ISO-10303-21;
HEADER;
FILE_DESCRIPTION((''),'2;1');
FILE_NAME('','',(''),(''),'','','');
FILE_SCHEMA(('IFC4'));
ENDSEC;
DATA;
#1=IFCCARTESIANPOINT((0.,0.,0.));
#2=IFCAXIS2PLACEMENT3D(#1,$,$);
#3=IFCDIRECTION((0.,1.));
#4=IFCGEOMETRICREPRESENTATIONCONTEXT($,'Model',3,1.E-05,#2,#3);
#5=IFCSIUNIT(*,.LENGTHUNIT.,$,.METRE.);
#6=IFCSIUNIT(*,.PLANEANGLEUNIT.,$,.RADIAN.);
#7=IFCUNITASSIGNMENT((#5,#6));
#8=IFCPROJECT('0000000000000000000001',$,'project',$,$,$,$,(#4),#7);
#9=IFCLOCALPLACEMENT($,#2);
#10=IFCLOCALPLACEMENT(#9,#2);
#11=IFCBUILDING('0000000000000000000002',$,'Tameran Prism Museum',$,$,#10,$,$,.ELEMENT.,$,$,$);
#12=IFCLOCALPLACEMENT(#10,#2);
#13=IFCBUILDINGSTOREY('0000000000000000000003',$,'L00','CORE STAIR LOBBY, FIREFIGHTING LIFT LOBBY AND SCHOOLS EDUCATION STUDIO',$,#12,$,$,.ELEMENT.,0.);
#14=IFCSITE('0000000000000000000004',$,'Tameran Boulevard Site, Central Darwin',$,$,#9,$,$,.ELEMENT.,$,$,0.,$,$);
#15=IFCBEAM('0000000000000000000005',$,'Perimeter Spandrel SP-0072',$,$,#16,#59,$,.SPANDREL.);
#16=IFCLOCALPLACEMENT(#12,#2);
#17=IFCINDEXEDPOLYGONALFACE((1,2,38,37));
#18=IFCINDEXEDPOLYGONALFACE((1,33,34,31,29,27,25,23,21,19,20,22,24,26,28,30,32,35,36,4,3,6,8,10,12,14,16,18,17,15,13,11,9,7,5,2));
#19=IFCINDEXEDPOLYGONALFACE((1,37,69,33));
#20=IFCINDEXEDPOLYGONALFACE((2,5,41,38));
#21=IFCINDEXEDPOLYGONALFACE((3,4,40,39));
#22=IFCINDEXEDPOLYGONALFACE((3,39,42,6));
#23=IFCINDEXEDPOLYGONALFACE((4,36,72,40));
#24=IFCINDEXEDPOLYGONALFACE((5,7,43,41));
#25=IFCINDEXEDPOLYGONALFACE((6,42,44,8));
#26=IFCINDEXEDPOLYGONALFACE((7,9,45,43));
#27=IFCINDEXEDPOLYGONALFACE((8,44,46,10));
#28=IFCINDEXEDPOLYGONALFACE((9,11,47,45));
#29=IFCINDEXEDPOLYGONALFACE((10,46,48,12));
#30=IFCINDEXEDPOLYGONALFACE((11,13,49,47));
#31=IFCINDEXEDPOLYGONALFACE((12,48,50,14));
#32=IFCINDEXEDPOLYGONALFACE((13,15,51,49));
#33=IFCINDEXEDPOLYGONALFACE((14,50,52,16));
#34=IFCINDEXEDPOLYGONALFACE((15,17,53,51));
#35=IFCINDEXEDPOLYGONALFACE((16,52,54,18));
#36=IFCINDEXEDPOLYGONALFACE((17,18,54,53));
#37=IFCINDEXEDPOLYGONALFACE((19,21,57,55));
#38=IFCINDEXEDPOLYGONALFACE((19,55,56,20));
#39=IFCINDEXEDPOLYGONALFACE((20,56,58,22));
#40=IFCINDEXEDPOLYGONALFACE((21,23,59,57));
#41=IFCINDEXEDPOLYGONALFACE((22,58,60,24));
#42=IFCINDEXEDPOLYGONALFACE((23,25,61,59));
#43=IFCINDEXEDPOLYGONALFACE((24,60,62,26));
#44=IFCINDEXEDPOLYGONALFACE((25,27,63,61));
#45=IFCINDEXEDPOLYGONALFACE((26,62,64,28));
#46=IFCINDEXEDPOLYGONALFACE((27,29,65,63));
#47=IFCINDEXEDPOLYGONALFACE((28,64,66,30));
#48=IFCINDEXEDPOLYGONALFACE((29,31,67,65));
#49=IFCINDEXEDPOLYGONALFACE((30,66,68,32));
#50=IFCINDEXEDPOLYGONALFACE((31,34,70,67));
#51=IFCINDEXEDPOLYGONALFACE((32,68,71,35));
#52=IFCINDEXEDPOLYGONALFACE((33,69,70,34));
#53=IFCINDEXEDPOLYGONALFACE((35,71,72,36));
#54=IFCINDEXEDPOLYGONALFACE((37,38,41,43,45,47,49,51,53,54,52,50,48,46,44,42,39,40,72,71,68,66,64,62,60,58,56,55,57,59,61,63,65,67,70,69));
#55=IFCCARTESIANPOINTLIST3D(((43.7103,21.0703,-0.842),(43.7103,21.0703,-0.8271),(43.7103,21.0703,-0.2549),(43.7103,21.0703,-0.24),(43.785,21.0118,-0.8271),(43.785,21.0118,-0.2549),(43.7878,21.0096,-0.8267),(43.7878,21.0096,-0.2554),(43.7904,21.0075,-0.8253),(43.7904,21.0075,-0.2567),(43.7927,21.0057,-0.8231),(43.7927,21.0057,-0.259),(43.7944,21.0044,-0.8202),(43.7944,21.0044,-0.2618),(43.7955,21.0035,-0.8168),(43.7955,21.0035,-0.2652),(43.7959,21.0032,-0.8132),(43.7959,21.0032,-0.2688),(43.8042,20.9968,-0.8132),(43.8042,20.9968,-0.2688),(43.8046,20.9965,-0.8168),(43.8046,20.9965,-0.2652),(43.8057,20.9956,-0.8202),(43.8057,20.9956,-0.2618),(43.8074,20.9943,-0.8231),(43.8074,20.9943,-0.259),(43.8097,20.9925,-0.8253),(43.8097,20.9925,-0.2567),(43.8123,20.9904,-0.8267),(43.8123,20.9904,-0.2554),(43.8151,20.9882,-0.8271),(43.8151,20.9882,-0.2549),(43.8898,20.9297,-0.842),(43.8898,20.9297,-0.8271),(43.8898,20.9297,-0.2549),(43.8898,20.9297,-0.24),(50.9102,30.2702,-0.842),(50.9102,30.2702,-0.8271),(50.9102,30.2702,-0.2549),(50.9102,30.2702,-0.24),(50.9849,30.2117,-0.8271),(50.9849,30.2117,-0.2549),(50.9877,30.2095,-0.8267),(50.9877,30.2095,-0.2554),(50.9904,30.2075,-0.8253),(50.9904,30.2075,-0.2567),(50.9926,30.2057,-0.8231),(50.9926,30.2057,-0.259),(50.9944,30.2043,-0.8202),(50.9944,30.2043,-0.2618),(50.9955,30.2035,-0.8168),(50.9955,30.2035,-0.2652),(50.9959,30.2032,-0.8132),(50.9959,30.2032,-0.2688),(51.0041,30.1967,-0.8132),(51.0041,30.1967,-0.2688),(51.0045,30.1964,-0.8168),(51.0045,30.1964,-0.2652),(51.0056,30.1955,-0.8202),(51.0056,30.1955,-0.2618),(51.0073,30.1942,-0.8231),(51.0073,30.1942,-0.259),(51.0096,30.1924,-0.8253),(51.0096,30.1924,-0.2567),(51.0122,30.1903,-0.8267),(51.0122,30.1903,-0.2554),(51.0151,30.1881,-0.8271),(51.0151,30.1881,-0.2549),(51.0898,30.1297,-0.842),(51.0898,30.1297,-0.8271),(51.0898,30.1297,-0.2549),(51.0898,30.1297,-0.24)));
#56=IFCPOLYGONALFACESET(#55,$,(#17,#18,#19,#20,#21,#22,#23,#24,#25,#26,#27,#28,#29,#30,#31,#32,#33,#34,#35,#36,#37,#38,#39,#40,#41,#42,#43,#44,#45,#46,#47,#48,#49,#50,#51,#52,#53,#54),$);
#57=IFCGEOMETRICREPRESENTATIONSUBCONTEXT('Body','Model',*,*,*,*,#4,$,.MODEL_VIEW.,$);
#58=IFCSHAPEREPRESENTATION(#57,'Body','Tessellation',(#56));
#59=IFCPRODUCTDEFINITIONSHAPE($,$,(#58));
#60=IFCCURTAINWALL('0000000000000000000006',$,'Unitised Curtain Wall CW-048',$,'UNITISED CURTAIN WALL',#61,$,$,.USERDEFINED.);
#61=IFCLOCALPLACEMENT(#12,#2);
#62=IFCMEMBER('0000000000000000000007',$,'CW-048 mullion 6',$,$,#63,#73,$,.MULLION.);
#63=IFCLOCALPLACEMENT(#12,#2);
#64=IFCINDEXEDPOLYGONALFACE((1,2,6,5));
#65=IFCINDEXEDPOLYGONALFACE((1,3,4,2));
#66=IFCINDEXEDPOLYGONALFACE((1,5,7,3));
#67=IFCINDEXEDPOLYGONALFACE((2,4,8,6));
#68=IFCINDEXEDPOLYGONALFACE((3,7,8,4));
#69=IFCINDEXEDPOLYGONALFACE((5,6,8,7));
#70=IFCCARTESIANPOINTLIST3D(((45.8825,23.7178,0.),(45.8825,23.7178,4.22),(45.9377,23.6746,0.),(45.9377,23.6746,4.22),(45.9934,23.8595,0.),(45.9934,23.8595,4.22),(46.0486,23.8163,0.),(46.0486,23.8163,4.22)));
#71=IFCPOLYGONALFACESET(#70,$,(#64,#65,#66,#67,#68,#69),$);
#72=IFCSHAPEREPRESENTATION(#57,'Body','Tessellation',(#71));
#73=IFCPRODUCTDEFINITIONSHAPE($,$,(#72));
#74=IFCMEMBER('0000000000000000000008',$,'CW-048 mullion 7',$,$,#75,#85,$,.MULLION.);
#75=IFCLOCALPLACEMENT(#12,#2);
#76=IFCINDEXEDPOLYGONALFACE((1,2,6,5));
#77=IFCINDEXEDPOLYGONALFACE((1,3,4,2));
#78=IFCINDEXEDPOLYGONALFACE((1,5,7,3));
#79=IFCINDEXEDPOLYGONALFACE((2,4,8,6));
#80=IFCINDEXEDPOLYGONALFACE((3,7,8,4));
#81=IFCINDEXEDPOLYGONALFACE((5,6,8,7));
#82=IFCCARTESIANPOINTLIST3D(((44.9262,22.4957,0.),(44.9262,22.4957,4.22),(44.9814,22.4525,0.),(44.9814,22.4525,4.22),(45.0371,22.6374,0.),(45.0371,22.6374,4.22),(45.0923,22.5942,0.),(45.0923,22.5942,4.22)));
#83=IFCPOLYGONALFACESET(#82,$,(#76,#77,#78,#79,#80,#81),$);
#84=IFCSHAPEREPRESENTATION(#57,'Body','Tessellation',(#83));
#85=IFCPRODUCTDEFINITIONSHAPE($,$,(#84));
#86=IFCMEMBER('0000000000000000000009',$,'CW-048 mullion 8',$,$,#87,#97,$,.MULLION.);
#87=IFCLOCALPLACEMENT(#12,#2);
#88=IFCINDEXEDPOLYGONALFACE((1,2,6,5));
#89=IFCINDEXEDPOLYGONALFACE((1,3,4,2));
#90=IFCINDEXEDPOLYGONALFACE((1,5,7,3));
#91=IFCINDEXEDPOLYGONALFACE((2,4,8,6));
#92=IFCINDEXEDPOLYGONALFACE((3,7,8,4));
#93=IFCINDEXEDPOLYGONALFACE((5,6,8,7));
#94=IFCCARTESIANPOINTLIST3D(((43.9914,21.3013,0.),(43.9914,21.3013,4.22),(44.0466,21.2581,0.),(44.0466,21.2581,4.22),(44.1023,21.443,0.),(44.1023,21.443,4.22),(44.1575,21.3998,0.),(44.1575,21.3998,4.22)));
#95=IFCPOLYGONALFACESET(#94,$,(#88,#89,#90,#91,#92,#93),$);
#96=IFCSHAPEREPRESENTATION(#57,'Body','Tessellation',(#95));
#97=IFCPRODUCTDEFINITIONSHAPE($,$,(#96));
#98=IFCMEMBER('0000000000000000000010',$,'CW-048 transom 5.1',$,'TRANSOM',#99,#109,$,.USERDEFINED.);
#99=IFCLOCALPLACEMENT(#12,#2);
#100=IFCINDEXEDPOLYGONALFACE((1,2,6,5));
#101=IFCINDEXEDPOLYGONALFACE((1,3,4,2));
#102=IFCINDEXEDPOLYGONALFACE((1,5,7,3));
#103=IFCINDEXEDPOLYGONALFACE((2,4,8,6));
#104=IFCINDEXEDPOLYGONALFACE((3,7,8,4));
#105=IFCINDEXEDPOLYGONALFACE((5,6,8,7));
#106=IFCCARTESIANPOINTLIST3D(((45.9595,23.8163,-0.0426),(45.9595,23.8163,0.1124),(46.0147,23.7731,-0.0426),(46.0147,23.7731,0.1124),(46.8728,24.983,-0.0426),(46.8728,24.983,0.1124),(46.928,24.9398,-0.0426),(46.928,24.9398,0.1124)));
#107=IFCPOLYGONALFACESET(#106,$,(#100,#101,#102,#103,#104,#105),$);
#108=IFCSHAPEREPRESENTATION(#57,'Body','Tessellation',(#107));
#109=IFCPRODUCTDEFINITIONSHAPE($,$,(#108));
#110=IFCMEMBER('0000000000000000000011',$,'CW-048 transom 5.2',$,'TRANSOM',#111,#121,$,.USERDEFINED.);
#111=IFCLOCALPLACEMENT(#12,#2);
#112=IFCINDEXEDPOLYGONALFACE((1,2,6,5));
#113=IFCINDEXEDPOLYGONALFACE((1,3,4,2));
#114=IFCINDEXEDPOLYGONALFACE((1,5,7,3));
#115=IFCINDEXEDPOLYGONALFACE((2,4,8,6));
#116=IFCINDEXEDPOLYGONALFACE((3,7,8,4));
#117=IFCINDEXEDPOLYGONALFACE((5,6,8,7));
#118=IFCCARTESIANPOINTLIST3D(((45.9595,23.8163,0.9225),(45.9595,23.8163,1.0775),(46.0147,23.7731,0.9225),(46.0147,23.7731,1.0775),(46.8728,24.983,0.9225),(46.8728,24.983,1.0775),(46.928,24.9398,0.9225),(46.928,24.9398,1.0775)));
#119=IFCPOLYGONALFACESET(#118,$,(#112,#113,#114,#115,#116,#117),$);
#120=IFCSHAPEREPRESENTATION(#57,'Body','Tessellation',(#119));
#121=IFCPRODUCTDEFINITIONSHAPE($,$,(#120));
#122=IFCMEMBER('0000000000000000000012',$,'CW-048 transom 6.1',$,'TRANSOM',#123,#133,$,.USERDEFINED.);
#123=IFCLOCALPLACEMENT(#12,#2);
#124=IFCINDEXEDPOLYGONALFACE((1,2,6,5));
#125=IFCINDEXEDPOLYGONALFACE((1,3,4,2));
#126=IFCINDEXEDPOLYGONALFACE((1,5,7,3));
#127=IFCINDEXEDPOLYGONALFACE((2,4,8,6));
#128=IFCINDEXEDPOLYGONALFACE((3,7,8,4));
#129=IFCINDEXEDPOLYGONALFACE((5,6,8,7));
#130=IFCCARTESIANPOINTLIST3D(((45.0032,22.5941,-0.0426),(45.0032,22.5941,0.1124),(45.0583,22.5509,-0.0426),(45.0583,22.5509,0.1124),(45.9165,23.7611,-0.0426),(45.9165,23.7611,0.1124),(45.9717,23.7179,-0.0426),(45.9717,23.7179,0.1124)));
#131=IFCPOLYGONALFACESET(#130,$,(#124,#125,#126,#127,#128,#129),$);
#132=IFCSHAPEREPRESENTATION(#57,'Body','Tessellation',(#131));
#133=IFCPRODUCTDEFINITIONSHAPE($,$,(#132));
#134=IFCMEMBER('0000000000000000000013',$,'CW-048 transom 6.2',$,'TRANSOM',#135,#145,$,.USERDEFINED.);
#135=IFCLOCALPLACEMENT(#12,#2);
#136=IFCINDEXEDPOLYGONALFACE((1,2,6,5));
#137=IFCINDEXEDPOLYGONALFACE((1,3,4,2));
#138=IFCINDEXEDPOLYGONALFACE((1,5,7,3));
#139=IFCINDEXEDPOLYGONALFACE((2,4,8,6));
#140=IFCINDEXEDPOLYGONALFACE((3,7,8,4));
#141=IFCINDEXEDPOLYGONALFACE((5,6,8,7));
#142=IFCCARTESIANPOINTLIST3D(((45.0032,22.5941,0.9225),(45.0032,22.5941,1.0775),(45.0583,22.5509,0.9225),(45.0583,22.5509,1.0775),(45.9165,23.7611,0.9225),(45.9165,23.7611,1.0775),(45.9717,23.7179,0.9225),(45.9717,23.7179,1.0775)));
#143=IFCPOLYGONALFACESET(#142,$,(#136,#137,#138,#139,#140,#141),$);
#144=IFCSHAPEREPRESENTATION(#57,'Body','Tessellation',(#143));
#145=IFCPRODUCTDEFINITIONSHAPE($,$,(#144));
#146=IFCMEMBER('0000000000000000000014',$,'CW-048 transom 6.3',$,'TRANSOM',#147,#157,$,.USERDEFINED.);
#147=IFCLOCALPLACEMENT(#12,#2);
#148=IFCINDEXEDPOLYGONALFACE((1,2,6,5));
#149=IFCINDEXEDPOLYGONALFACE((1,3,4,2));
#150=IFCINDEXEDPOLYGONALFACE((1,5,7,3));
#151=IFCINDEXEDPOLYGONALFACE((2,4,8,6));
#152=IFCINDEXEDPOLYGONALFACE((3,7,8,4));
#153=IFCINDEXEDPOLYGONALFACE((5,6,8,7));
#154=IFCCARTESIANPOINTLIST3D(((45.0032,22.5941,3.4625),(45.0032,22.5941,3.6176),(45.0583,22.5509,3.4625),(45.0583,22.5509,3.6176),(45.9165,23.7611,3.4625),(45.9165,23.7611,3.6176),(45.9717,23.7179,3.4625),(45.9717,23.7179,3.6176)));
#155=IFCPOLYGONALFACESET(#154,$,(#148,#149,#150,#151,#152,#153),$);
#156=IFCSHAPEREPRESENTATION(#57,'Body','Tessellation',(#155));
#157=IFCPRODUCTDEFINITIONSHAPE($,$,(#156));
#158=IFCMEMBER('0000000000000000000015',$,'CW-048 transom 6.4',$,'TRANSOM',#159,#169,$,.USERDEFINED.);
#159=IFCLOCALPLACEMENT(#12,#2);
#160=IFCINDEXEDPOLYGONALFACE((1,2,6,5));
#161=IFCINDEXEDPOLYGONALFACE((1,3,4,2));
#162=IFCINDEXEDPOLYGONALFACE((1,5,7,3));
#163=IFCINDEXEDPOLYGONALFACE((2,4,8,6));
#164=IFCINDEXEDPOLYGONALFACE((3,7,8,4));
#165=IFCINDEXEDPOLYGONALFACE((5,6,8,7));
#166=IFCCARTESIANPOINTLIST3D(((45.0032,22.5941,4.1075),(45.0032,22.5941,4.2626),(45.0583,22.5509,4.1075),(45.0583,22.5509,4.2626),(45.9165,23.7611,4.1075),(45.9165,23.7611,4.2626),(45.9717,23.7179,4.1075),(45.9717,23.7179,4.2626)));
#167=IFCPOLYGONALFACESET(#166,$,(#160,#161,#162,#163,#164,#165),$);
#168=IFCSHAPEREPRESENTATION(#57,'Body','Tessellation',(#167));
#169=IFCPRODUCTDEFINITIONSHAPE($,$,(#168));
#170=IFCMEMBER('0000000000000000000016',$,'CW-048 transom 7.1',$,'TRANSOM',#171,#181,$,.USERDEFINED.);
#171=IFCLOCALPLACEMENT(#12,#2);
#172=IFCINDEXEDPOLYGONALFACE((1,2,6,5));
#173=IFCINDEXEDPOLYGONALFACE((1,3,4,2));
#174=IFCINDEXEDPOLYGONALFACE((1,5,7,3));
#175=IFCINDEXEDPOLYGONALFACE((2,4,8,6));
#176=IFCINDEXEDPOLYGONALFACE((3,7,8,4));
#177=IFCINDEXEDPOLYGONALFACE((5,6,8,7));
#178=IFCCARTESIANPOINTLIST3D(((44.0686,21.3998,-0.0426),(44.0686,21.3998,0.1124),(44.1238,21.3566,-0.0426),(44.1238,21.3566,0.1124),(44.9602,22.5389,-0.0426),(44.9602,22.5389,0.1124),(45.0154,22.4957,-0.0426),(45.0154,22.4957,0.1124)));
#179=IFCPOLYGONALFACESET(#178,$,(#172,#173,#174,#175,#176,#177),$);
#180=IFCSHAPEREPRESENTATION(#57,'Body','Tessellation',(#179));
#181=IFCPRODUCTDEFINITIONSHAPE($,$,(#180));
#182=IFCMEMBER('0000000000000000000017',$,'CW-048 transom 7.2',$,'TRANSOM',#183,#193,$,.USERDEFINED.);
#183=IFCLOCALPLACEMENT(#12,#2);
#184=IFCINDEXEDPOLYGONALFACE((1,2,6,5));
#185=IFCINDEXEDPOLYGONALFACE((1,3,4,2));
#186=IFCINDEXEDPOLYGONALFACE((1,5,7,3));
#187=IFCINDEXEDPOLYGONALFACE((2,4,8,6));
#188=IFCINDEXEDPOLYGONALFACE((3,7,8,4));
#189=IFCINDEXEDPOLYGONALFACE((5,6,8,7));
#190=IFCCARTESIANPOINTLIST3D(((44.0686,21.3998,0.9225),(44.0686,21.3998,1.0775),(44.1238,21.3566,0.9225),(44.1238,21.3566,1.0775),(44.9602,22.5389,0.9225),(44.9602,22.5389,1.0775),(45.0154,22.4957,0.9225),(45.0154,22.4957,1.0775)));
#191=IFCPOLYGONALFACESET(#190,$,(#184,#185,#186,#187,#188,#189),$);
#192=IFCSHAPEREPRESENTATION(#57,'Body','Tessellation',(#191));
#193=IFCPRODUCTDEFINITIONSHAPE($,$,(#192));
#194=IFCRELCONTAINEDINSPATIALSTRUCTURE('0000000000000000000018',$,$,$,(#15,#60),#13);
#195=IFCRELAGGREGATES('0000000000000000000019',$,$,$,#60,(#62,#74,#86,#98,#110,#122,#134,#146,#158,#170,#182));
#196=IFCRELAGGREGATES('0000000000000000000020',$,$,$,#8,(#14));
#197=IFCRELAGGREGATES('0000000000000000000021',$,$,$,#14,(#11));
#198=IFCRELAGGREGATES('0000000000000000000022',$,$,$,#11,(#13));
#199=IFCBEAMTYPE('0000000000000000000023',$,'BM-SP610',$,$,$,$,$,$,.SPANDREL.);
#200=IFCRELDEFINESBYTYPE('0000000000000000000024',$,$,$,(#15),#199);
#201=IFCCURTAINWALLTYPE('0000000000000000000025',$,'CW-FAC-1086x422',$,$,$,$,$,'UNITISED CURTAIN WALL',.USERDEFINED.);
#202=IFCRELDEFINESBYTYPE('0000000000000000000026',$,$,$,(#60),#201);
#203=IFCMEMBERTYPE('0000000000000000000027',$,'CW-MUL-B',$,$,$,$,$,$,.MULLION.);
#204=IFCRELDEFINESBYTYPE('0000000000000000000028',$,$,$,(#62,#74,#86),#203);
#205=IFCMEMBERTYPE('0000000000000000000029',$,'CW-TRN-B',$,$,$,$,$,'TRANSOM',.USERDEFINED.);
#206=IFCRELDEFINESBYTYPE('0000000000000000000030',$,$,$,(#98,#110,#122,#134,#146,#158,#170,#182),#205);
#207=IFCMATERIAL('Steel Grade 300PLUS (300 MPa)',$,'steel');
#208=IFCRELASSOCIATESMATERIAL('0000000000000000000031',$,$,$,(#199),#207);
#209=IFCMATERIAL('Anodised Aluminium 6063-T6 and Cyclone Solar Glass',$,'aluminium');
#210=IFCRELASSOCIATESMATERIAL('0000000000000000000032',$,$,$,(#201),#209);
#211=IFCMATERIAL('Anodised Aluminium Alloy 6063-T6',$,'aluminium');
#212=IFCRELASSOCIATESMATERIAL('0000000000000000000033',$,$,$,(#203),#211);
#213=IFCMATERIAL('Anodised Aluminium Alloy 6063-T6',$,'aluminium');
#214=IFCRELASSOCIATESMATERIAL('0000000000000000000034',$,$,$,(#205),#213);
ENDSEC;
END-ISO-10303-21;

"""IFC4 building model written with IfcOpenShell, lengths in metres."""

from ifc_helpers import new_model, si_unit, direction, frame, origin, origin_2d, place, context, subcontext, project, spatial, rectangle, i_section, extrude, material, material_profile, profile_set, type_object, element, aggregate, save


model = new_model("IFC4")

# Units and contexts
model_context = context("Model", 3, precision=1e-05, world=origin(), true_north=direction((0.0, 1.0)))
body_context = subcontext(model_context, "Body", "Model", "MODEL_VIEW")
ifc_project = project(units=[si_unit("LENGTHUNIT", "METRE"), si_unit("PLANEANGLEUNIT", "RADIAN")], contexts=[model_context])

# Site, building, storey
site_placement = place(None, origin())
site = spatial("IfcSite", under=ifc_project, at=site_placement, Name="Tameran Boulevard Site, Central Darwin", CompositionType="ELEMENT", RefElevation=0.0)
building_placement = place(site_placement, origin())
building = spatial("IfcBuilding", under=site, at=building_placement, Name="Tameran Prism Museum", CompositionType="ELEMENT")
storey_placement = place(building_placement, origin())
storey = spatial("IfcBuildingStorey", under=building, at=storey_placement, Name="L00", Description="CORE STAIR LOBBY, FIREFIGHTING LIFT LOBBY AND SCHOOLS EDUCATION STUDIO", CompositionType="ELEMENT", Elevation=0.0)

# Beam
ifc_material_1 = material(Name="Steel Grade 300PLUS (300 MPa)", Category="steel")
ifc_material_profile_1 = material_profile(ifc_material_1, i_section(OverallWidth=0.228, OverallDepth=0.6021, WebThickness=0.0105, FlangeThickness=0.0149, FilletRadius=0.0139, at=origin_2d()))
ifc_profile_set_1 = profile_set([ifc_material_profile_1])
beam_type = type_object("IfcBeamType", Name="BM-SP610", PredefinedType="SPANDREL", material=ifc_profile_set_1)
beam_placement = place(storey_placement, frame((43.8, 21.0, -0.541), z_axis=(0.616308, 0.787505, 0.0), x_axis=(-0.787505, 0.616308, 0.0)))
element("IfcBeam", 1, at=beam_placement, inside=storey, type_object=beam_type, Name="Perimeter Spandrel SP-0072", PredefinedType="SPANDREL", context=body_context, shape_type="SweptSolid", body=[
    extrude(i_section(OverallWidth=0.228, OverallDepth=0.6021, WebThickness=0.0105, FlangeThickness=0.0149, FilletRadius=0.0139, at=origin_2d()), origin(), (0.0, 0.0, 1.0), 11.6824),
])

# Curtain wall, members
ifc_material_2 = material(Name="Anodised Aluminium 6063-T6 and Cyclone Solar Glass", Category="aluminium")
curtain_wall_type = type_object("IfcCurtainWallType", Name="CW-FAC-1086x422", ElementType="UNITISED CURTAIN WALL", PredefinedType="USERDEFINED", material=ifc_material_2)
curtain_wall_placement = place(storey_placement, origin())
curtain_wall = element("IfcCurtainWall", 2, at=curtain_wall_placement, inside=storey, type_object=curtain_wall_type, Name="Unitised Curtain Wall CW-048", ObjectType="UNITISED CURTAIN WALL", PredefinedType="USERDEFINED")
ifc_material_3 = material(Name="Anodised Aluminium Alloy 6063-T6", Category="aluminium")
ifc_material_profile_2 = material_profile(ifc_material_3, rectangle(XDim=0.0701, YDim=0.1799, at=origin_2d()))
ifc_profile_set_2 = profile_set([ifc_material_profile_2])
member_type_1 = type_object("IfcMemberType", Name="CW-MUL-B", PredefinedType="MULLION", material=ifc_profile_set_2)
member_1_placement = place(storey_placement, frame((45.9656, 23.7671, 0.0), z_axis=(0.0, 0.0, 1.0), x_axis=(0.787524, -0.616283, 0.0)))
member_1 = element("IfcMember", 3, at=member_1_placement, type_object=member_type_1, Name="CW-048 mullion 6", PredefinedType="MULLION", context=body_context, shape_type="SweptSolid", body=[
    extrude(rectangle(XDim=0.0701, YDim=0.1799, at=origin_2d()), origin(), (0.0, 0.0, 1.0), 4.22),
])
member_2_placement = place(storey_placement, frame((45.0093, 22.5449, 0.0), z_axis=(0.0, 0.0, 1.0), x_axis=(0.787524, -0.616283, 0.0)))
member_2 = element("IfcMember", 4, at=member_2_placement, type_object=member_type_1, Name="CW-048 mullion 7", PredefinedType="MULLION", context=body_context, shape_type="SweptSolid", body=[
    extrude(rectangle(XDim=0.0701, YDim=0.1799, at=origin_2d()), origin(), (0.0, 0.0, 1.0), 4.22),
])
member_3_placement = place(storey_placement, frame((44.0745, 21.3506, 0.0), z_axis=(0.0, 0.0, 1.0), x_axis=(0.787524, -0.616283, 0.0)))
member_3 = element("IfcMember", 5, at=member_3_placement, type_object=member_type_1, Name="CW-048 mullion 8", PredefinedType="MULLION", context=body_context, shape_type="SweptSolid", body=[
    extrude(rectangle(XDim=0.0701, YDim=0.1799, at=origin_2d()), origin(), (0.0, 0.0, 1.0), 4.22),
])
ifc_material_4 = material(Name="Anodised Aluminium Alloy 6063-T6", Category="aluminium")
ifc_material_profile_3 = material_profile(ifc_material_4, rectangle(XDim=0.0701, YDim=0.155, at=origin_2d()))
ifc_profile_set_3 = profile_set([ifc_material_profile_3])
member_type_2 = type_object("IfcMemberType", Name="CW-TRN-B", ElementType="TRANSOM", PredefinedType="USERDEFINED", material=ifc_profile_set_3)
member_4_placement = place(storey_placement, frame((46.9004, 24.9614, 0.0349), z_axis=(-0.616402, -0.787432, 0.0), x_axis=(0.787432, -0.616402, 0.0)))
member_4 = element("IfcMember", 6, at=member_4_placement, type_object=member_type_2, Name="CW-048 transom 5.1", ObjectType="TRANSOM", PredefinedType="USERDEFINED", context=body_context, shape_type="SweptSolid", body=[
    extrude(rectangle(XDim=0.0701, YDim=0.155, at=origin_2d()), origin(), (0.0, 0.0, 1.0), 1.4817),
])
member_5_placement = place(storey_placement, frame((46.9004, 24.9614, 1.0), z_axis=(-0.616402, -0.787432, 0.0), x_axis=(0.787432, -0.616402, 0.0)))
member_5 = element("IfcMember", 7, at=member_5_placement, type_object=member_type_2, Name="CW-048 transom 5.2", ObjectType="TRANSOM", PredefinedType="USERDEFINED", context=body_context, shape_type="SweptSolid", body=[
    extrude(rectangle(XDim=0.0701, YDim=0.155, at=origin_2d()), origin(), (0.0, 0.0, 1.0), 1.4817),
])
member_6_placement = place(storey_placement, frame((45.9441, 23.7395, 0.0349), z_axis=(-0.616322, -0.787495, 0.0), x_axis=(0.787495, -0.616322, 0.0)))
member_6 = element("IfcMember", 8, at=member_6_placement, type_object=member_type_2, Name="CW-048 transom 6.1", ObjectType="TRANSOM", PredefinedType="USERDEFINED", context=body_context, shape_type="SweptSolid", body=[
    extrude(rectangle(XDim=0.0701, YDim=0.155, at=origin_2d()), origin(), (0.0, 0.0, 1.0), 1.4819),
])
member_7_placement = place(storey_placement, frame((45.9441, 23.7395, 1.0), z_axis=(-0.616322, -0.787495, 0.0), x_axis=(0.787495, -0.616322, 0.0)))
member_7 = element("IfcMember", 9, at=member_7_placement, type_object=member_type_2, Name="CW-048 transom 6.2", ObjectType="TRANSOM", PredefinedType="USERDEFINED", context=body_context, shape_type="SweptSolid", body=[
    extrude(rectangle(XDim=0.0701, YDim=0.155, at=origin_2d()), origin(), (0.0, 0.0, 1.0), 1.4819),
])
member_8_placement = place(storey_placement, frame((45.9441, 23.7395, 3.54), z_axis=(-0.616322, -0.787495, 0.0), x_axis=(0.787495, -0.616322, 0.0)))
member_8 = element("IfcMember", 10, at=member_8_placement, type_object=member_type_2, Name="CW-048 transom 6.3", ObjectType="TRANSOM", PredefinedType="USERDEFINED", context=body_context, shape_type="SweptSolid", body=[
    extrude(rectangle(XDim=0.0701, YDim=0.155, at=origin_2d()), origin(), (0.0, 0.0, 1.0), 1.4819),
])
member_9_placement = place(storey_placement, frame((45.9441, 23.7395, 4.1851), z_axis=(-0.616322, -0.787495, 0.0), x_axis=(0.787495, -0.616322, 0.0)))
member_9 = element("IfcMember", 11, at=member_9_placement, type_object=member_type_2, Name="CW-048 transom 6.4", ObjectType="TRANSOM", PredefinedType="USERDEFINED", context=body_context, shape_type="SweptSolid", body=[
    extrude(rectangle(XDim=0.0701, YDim=0.155, at=origin_2d()), origin(), (0.0, 0.0, 1.0), 1.4819),
])
member_10_placement = place(storey_placement, frame((44.9878, 22.5173, 0.0349), z_axis=(-0.616345, -0.787477, 0.0), x_axis=(0.787477, -0.616345, 0.0)))
member_10 = element("IfcMember", 12, at=member_10_placement, type_object=member_type_2, Name="CW-048 transom 7.1", ObjectType="TRANSOM", PredefinedType="USERDEFINED", context=body_context, shape_type="SweptSolid", body=[
    extrude(rectangle(XDim=0.0701, YDim=0.155, at=origin_2d()), origin(), (0.0, 0.0, 1.0), 1.4465),
])
member_11_placement = place(storey_placement, frame((44.9878, 22.5173, 1.0), z_axis=(-0.616345, -0.787477, 0.0), x_axis=(0.787477, -0.616345, 0.0)))
member_11 = element("IfcMember", 13, at=member_11_placement, type_object=member_type_2, Name="CW-048 transom 7.2", ObjectType="TRANSOM", PredefinedType="USERDEFINED", context=body_context, shape_type="SweptSolid", body=[
    extrude(rectangle(XDim=0.0701, YDim=0.155, at=origin_2d()), origin(), (0.0, 0.0, 1.0), 1.4465),
])
aggregate(curtain_wall, [member_1, member_2, member_3, member_4, member_5, member_6, member_7, member_8, member_9, member_10, member_11])

save(model, "model.ifc")
